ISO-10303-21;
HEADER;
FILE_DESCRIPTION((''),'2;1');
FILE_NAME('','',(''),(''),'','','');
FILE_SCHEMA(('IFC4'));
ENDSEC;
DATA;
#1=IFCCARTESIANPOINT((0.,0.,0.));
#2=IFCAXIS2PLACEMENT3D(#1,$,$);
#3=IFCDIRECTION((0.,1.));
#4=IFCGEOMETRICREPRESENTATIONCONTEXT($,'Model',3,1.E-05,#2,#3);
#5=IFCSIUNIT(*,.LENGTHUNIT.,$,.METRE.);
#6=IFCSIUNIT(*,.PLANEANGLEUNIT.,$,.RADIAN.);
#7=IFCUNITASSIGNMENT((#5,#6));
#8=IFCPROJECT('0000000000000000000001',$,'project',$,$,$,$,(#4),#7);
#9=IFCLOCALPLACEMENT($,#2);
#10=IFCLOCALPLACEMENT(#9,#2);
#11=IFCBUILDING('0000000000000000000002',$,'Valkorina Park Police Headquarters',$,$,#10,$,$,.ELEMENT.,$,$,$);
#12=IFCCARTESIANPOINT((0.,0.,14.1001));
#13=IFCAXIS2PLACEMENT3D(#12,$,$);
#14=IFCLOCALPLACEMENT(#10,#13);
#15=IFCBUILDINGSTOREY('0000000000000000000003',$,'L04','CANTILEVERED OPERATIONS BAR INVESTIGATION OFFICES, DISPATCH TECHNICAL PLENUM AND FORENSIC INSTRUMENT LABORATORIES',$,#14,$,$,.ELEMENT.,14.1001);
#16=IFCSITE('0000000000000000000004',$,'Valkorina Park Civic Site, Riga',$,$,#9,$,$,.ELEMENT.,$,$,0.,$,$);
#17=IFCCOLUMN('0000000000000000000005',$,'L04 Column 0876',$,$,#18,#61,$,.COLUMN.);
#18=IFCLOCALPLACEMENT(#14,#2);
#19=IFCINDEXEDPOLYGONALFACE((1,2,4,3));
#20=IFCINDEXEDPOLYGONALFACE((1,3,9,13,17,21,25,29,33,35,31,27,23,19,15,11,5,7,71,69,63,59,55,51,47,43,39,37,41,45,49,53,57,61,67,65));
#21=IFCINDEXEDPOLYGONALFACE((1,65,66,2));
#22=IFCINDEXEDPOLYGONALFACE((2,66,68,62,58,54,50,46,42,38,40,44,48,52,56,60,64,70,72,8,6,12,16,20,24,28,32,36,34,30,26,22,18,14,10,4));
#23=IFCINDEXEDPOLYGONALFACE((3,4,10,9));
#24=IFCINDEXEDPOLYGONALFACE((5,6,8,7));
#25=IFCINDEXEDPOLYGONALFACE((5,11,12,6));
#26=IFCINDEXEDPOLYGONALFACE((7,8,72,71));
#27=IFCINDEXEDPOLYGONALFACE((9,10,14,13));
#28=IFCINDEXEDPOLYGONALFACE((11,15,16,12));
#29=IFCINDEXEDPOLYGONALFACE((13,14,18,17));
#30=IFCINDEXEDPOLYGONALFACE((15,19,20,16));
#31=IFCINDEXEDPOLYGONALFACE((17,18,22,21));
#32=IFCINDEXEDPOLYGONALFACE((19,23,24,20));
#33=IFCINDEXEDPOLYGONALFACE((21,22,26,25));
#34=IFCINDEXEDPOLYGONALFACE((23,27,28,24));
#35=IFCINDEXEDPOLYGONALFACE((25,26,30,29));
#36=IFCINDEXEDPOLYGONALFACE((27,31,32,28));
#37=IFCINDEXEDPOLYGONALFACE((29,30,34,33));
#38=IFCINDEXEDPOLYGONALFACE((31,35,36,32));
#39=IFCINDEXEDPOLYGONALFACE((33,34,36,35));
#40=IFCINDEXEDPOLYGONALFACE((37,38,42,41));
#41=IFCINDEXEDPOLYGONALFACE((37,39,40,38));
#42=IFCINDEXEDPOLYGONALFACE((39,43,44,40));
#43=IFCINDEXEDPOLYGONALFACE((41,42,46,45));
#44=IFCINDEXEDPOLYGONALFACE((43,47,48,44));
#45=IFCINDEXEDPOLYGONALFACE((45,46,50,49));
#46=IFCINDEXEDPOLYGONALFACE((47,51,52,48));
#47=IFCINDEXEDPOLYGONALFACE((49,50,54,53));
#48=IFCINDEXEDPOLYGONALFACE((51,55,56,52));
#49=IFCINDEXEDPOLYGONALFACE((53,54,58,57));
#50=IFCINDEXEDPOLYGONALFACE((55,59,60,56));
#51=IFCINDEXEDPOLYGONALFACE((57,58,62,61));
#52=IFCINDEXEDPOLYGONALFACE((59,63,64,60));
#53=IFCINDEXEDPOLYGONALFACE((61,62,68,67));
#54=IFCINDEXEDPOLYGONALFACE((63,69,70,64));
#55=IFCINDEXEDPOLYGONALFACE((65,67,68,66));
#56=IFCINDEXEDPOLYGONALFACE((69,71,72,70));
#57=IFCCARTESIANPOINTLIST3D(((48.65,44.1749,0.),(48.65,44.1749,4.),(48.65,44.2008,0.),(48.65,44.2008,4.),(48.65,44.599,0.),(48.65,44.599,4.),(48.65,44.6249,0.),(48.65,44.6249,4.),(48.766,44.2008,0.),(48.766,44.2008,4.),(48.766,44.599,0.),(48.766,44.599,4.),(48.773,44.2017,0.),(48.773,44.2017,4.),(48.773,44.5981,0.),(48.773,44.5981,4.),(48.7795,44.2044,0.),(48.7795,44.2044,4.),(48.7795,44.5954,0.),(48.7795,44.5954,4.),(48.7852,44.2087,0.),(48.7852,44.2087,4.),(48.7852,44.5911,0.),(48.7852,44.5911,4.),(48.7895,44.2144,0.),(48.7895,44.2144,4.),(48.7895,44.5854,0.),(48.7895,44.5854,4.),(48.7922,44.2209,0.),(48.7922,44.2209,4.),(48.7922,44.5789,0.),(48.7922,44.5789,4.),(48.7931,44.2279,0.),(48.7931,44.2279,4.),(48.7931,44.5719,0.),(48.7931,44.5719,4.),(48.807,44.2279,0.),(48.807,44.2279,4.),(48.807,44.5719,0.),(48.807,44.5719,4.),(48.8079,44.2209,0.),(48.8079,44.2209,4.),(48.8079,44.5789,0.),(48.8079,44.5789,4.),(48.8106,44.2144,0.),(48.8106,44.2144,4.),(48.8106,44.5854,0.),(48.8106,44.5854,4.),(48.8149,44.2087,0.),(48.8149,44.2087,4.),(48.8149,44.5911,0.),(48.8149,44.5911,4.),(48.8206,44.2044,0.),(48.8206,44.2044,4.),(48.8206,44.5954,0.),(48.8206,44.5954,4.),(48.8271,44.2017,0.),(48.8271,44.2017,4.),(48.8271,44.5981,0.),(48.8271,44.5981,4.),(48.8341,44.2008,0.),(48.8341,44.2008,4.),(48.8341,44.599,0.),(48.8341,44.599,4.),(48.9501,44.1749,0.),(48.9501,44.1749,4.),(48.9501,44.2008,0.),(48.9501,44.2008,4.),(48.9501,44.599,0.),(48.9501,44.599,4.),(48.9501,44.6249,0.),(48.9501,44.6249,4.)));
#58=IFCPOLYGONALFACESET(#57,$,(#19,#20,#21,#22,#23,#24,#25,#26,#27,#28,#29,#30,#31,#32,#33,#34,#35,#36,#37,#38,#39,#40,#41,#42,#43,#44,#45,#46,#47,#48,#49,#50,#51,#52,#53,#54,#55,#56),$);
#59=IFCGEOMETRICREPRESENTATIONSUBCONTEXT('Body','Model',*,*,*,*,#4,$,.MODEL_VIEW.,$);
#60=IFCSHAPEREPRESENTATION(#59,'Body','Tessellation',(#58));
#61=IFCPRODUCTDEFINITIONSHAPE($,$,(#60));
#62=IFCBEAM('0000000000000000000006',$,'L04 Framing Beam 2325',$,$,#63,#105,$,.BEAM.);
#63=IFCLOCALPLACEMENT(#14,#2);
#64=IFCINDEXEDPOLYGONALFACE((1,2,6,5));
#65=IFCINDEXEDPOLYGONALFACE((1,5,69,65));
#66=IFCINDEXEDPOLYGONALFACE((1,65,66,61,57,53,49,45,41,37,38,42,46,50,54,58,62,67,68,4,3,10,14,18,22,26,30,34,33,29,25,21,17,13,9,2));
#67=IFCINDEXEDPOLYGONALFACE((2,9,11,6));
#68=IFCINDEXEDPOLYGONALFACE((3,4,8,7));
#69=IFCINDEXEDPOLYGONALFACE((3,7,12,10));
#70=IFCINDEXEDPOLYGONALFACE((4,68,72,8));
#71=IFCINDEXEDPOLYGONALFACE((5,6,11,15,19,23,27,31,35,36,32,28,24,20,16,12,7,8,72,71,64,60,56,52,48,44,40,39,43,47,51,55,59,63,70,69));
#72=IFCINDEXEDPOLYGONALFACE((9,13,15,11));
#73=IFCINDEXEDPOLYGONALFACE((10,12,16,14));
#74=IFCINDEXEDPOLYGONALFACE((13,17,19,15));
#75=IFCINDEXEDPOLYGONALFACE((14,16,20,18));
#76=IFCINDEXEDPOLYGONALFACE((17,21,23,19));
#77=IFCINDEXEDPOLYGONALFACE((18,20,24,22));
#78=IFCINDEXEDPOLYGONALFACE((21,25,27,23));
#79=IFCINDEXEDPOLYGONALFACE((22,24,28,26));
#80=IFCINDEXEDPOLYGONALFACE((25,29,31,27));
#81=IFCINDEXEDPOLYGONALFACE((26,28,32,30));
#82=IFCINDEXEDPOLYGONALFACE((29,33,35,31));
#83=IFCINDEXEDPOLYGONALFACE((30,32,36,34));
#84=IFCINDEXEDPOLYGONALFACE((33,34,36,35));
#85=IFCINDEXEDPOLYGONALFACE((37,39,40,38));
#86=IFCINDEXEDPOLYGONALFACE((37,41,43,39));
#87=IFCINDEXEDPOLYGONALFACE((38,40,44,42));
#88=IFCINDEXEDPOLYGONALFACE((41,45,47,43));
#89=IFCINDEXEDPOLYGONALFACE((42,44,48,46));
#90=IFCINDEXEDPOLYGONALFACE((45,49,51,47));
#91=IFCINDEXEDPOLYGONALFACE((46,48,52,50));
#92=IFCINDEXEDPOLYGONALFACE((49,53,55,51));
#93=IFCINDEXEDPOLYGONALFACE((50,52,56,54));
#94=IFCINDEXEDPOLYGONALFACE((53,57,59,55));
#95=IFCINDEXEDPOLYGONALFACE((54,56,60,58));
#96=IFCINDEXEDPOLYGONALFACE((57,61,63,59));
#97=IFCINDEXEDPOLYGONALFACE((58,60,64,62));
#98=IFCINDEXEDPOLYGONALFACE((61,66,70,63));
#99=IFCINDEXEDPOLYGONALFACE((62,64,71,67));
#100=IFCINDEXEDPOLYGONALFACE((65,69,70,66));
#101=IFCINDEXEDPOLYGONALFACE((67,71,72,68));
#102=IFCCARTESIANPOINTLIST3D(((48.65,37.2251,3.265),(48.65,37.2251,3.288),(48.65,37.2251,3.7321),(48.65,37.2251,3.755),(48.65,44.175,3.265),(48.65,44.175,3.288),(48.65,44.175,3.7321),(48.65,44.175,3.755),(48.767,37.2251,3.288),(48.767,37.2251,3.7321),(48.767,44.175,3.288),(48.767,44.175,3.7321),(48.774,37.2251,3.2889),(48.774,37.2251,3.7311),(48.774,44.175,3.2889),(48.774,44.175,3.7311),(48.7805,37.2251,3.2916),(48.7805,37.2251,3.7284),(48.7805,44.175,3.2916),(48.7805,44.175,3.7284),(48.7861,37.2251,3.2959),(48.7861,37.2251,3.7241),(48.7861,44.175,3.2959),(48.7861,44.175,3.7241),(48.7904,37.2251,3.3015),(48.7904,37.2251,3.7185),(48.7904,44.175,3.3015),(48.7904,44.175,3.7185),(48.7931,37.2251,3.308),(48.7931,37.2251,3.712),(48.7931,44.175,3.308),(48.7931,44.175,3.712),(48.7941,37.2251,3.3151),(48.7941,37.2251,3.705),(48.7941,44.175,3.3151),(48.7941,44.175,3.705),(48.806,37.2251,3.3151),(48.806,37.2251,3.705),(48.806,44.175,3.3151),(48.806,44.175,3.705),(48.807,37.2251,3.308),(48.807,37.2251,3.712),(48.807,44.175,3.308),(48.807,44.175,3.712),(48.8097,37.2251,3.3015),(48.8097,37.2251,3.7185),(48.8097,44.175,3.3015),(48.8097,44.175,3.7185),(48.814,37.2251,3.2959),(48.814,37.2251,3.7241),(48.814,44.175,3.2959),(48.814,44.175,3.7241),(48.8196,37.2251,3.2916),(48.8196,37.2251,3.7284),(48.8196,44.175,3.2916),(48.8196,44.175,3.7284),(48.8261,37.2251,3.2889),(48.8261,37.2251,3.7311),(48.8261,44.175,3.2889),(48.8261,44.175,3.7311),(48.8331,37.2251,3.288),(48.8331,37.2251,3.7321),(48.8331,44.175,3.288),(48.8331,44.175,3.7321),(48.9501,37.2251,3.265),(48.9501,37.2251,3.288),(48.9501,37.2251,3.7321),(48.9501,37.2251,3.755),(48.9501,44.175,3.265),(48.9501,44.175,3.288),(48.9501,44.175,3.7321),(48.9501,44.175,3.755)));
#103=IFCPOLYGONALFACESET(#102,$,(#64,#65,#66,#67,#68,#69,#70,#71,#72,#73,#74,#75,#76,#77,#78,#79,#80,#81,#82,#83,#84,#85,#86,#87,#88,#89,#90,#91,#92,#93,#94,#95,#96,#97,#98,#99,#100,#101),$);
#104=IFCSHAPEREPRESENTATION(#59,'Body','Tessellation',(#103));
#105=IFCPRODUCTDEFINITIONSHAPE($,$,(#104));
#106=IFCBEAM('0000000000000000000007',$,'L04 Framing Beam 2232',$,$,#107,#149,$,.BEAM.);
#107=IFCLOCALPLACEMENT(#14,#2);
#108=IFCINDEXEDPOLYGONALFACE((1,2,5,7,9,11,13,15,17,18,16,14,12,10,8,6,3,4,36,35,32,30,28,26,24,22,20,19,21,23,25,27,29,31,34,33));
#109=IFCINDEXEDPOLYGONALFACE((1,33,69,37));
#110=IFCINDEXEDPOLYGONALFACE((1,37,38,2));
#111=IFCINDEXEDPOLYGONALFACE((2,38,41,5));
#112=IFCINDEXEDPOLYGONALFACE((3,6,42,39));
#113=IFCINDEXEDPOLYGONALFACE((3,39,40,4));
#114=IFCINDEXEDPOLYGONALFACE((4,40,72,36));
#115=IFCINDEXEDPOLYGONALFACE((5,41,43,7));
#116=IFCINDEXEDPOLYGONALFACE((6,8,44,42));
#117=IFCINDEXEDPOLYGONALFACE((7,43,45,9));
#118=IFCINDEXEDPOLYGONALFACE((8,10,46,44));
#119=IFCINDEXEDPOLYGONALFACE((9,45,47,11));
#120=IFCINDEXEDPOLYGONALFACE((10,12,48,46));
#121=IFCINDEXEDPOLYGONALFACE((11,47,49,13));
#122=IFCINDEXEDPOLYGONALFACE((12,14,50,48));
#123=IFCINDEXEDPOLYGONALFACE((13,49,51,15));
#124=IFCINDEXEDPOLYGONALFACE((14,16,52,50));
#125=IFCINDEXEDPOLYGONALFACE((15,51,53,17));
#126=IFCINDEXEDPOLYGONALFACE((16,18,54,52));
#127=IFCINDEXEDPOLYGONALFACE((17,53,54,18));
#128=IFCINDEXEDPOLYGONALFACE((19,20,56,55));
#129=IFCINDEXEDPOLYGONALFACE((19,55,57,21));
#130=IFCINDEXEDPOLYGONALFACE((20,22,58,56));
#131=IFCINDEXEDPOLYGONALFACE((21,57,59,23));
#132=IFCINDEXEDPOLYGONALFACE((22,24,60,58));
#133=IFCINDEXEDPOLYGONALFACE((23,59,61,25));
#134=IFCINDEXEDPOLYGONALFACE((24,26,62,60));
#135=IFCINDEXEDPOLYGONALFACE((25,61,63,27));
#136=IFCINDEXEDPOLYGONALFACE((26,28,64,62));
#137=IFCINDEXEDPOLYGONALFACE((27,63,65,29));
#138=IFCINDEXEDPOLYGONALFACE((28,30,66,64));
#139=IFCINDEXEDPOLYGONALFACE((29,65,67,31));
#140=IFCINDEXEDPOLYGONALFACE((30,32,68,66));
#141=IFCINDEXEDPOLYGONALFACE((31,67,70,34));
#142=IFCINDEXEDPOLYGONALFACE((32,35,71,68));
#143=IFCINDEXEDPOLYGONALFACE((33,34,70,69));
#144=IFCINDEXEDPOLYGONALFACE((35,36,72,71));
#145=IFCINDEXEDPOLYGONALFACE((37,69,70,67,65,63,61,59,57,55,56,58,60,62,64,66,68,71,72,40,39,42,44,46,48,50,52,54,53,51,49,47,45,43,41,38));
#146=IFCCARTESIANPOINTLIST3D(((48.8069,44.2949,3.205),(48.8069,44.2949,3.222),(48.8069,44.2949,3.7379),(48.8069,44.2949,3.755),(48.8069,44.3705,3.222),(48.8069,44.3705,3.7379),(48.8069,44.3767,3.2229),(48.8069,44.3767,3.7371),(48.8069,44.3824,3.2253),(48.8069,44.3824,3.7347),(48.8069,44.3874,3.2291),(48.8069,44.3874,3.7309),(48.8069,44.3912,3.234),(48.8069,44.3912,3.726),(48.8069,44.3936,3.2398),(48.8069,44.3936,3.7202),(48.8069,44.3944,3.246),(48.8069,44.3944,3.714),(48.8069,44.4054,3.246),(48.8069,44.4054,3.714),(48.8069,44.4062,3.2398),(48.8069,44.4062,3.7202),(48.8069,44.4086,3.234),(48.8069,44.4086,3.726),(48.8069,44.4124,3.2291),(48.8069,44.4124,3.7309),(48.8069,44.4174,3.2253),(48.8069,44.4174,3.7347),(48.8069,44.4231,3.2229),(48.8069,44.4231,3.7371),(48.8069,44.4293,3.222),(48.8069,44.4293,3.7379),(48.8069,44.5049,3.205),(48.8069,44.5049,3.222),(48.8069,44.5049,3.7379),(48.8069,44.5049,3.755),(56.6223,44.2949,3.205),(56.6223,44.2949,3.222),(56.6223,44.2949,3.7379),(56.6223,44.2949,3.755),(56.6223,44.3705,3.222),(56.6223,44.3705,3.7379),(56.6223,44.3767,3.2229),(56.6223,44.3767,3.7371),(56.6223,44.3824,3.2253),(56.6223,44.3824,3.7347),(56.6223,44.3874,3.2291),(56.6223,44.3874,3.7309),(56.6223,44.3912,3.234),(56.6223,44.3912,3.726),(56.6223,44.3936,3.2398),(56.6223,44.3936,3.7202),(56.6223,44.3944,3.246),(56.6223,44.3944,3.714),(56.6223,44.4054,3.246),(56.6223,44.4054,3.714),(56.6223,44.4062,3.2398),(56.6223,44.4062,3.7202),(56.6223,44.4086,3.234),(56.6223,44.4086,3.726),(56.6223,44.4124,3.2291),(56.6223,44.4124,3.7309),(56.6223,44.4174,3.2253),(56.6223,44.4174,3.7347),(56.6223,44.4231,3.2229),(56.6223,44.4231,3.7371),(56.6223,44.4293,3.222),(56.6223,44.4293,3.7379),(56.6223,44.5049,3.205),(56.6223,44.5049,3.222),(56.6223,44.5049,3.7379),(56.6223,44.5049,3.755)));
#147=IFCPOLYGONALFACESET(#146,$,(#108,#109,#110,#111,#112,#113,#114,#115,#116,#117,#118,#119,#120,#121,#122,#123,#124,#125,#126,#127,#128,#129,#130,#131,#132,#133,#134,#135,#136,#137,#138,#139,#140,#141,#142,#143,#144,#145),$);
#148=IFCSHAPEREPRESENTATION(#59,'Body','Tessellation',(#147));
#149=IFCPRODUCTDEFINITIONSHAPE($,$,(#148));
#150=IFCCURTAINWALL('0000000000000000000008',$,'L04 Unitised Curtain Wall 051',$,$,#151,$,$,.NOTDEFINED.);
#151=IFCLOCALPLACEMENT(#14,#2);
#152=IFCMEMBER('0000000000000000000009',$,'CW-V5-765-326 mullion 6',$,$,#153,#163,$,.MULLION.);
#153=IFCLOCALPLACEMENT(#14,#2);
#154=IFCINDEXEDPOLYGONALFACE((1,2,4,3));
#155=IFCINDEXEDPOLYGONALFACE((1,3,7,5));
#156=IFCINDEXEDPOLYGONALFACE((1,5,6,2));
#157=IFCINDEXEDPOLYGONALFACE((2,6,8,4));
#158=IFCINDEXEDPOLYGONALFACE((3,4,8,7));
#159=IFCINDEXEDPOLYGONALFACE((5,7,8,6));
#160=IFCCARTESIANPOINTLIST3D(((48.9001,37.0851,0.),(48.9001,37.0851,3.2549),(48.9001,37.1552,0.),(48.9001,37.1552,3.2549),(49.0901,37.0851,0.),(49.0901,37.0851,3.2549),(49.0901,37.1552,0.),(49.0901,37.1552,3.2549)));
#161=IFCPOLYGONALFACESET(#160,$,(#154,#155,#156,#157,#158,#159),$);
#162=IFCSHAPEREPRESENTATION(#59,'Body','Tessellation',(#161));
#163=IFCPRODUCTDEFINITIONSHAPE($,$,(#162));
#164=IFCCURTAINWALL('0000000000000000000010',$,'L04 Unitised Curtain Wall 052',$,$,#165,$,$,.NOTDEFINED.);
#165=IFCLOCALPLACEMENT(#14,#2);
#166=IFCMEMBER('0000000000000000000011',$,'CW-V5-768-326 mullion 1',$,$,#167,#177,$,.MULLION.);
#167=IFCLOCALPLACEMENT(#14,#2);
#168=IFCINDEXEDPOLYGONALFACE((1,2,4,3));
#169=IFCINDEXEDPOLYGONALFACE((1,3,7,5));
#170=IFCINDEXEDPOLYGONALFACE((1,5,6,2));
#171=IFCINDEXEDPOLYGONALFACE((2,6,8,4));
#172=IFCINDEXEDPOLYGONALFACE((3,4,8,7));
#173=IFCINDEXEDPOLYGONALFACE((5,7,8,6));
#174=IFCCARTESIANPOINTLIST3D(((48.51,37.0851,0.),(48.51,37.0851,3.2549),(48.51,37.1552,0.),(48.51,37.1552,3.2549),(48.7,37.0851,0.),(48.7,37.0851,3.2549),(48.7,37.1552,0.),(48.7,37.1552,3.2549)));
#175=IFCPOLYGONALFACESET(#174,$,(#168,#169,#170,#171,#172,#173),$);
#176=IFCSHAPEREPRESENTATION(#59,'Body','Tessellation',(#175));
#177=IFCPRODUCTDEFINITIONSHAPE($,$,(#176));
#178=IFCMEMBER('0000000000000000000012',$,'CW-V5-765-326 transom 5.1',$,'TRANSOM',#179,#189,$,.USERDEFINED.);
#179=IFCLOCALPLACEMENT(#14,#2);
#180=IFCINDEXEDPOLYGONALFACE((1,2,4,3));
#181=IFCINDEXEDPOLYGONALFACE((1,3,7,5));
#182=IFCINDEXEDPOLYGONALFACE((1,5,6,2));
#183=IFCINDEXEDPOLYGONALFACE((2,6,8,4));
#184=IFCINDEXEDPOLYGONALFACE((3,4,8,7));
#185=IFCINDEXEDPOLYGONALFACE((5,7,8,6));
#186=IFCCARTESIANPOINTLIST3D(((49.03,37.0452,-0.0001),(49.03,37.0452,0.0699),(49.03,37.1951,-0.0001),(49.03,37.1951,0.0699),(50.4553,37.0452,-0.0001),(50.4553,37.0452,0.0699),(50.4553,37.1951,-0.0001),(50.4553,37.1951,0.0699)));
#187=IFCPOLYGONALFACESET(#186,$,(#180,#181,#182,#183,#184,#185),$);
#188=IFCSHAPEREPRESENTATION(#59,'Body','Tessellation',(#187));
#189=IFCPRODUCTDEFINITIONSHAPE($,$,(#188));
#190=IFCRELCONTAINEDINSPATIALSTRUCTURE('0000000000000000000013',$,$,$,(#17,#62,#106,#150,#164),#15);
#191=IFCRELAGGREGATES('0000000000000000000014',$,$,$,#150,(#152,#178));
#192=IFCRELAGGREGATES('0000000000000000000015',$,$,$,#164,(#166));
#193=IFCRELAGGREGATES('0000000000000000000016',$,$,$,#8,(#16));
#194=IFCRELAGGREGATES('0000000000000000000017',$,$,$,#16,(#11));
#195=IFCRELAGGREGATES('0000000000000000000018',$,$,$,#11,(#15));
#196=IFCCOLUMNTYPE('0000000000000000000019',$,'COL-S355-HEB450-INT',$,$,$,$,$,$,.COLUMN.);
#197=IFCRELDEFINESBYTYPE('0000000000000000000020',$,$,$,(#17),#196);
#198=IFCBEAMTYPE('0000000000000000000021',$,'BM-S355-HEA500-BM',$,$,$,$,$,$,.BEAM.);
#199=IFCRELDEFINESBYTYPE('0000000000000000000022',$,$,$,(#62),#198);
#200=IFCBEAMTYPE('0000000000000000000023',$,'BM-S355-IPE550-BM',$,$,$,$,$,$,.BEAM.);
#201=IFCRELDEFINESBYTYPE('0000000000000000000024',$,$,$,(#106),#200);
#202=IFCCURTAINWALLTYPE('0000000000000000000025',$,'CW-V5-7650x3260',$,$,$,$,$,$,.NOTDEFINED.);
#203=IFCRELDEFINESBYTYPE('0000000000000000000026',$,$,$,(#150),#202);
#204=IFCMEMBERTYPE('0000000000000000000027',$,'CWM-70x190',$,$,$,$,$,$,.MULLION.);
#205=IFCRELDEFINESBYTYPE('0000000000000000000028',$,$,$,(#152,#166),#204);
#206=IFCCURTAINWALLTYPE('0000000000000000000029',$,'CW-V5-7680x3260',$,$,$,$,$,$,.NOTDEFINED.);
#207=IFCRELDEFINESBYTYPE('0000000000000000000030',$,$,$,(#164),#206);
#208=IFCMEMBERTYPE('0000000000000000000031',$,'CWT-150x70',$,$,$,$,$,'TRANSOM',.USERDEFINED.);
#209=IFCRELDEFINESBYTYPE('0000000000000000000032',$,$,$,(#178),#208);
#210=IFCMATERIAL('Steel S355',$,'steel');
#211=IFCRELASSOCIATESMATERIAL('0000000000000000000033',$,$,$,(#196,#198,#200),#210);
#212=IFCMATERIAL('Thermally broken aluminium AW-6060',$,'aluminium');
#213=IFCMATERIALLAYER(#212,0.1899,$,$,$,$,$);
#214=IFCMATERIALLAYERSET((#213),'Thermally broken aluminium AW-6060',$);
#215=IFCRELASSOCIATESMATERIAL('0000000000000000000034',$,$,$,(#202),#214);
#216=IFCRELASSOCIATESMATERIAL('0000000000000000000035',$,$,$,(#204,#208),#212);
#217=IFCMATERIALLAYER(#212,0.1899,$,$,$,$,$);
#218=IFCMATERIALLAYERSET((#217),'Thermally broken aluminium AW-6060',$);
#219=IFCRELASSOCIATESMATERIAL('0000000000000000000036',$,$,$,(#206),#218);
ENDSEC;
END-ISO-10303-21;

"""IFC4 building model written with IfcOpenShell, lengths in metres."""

from ifc_helpers import new_model, si_unit, direction, frame, origin, origin_2d, place, context, subcontext, project, spatial, rectangle, i_section, extrude, material, layer, layer_set, material_profile, profile_set, type_object, element, aggregate, save


model = new_model("IFC4")

# Units and contexts
model_context = context("Model", 3, precision=1e-05, world=origin(), true_north=direction((0.0, 1.0)))
body_context = subcontext(model_context, "Body", "Model", "MODEL_VIEW")
ifc_project = project(units=[si_unit("LENGTHUNIT", "METRE"), si_unit("PLANEANGLEUNIT", "RADIAN")], contexts=[model_context])

# Site, building, storey
site_placement = place(None, origin())
site = spatial("IfcSite", under=ifc_project, at=site_placement, Name="Valkorina Park Civic Site, Riga", CompositionType="ELEMENT", RefElevation=0.0)
building_placement = place(site_placement, origin())
building = spatial("IfcBuilding", under=site, at=building_placement, Name="Valkorina Park Police Headquarters", CompositionType="ELEMENT")
storey_placement = place(building_placement, frame((0.0, 0.0, 14.1001)))
storey = spatial("IfcBuildingStorey", under=building, at=storey_placement, Name="L04", Description="CANTILEVERED OPERATIONS BAR INVESTIGATION OFFICES, DISPATCH TECHNICAL PLENUM AND FORENSIC INSTRUMENT LABORATORIES", CompositionType="ELEMENT", Elevation=14.1001)

# Column
ifc_material_1 = material(Name="Steel S355", Category="steel")
ifc_material_profile_1 = material_profile(ifc_material_1, i_section(OverallWidth=0.3, OverallDepth=0.45, WebThickness=0.0139, FlangeThickness=0.0259, FilletRadius=0.0271, at=origin_2d()), Name="HEB 450")
ifc_profile_set_1 = profile_set([ifc_material_profile_1], Name="Steel S355")
column_type = type_object("IfcColumnType", Name="COL-S355-HEB450-INT", PredefinedType="COLUMN", material=ifc_profile_set_1)
column_placement = place(storey_placement, frame((48.8, 44.3999, 0.0), z_axis=(0.0, 0.0, 1.0), x_axis=(1.0, 0.0, 0.0)))
element("IfcColumn", 1, at=column_placement, inside=storey, type_object=column_type, Name="L04 Column 0876", PredefinedType="COLUMN", context=body_context, shape_type="SweptSolid", body=[
    extrude(i_section(OverallWidth=0.3, OverallDepth=0.45, WebThickness=0.0139, FlangeThickness=0.0259, FilletRadius=0.0271, at=origin_2d()), origin(), (0.0, 0.0, 1.0), 4.0),
])

# Beams
ifc_material_profile_2 = material_profile(ifc_material_1, i_section(OverallWidth=0.3, OverallDepth=0.49, WebThickness=0.012, FlangeThickness=0.0229, FilletRadius=0.0271, at=origin_2d()), Name="HEA 500")
ifc_profile_set_2 = profile_set([ifc_material_profile_2], Name="Steel S355")
beam_type_1 = type_object("IfcBeamType", Name="BM-S355-HEA500-BM", PredefinedType="BEAM", material=ifc_profile_set_2)
beam_1_placement = place(storey_placement, frame((48.8, 37.2251, 3.51), z_axis=(0.0, 1.0, 0.0), x_axis=(-1.0, 0.0, 0.0)))
element("IfcBeam", 2, at=beam_1_placement, inside=storey, type_object=beam_type_1, Name="L04 Framing Beam 2325", PredefinedType="BEAM", context=body_context, shape_type="SweptSolid", body=[
    extrude(i_section(OverallWidth=0.3, OverallDepth=0.49, WebThickness=0.012, FlangeThickness=0.0229, FilletRadius=0.0271, at=origin_2d()), origin(), (0.0, 0.0, 1.0), 6.95),
])
ifc_material_profile_3 = material_profile(ifc_material_1, i_section(OverallWidth=0.21, OverallDepth=0.55, WebThickness=0.011, FlangeThickness=0.0171, FilletRadius=0.0239, at=origin_2d()), Name="IPE 550")
ifc_profile_set_3 = profile_set([ifc_material_profile_3], Name="Steel S355")
beam_type_2 = type_object("IfcBeamType", Name="BM-S355-IPE550-BM", PredefinedType="BEAM", material=ifc_profile_set_3)
beam_2_placement = place(storey_placement, frame((48.8069, 44.3999, 3.48), z_axis=(1.0, 0.0, 0.0), x_axis=(0.0, 1.0, 0.0)))
element("IfcBeam", 3, at=beam_2_placement, inside=storey, type_object=beam_type_2, Name="L04 Framing Beam 2232", PredefinedType="BEAM", context=body_context, shape_type="SweptSolid", body=[
    extrude(i_section(OverallWidth=0.21, OverallDepth=0.55, WebThickness=0.011, FlangeThickness=0.0171, FilletRadius=0.0239, at=origin_2d()), origin(), (0.0, 0.0, 1.0), 7.8154),
])

# Curtain walls, members
ifc_material_2 = material(Name="Thermally broken aluminium AW-6060", Category="aluminium")
ifc_layer_1 = layer(ifc_material_2, 0.1899)
ifc_layer_set_1 = layer_set([ifc_layer_1], Name="Thermally broken aluminium AW-6060")
curtain_wall_type_1 = type_object("IfcCurtainWallType", Name="CW-V5-7650x3260", PredefinedType="NOTDEFINED", material=ifc_layer_set_1)
curtain_wall_1_placement = place(storey_placement, origin())
curtain_wall_1 = element("IfcCurtainWall", 4, at=curtain_wall_1_placement, inside=storey, type_object=curtain_wall_type_1, Name="L04 Unitised Curtain Wall 051", PredefinedType="NOTDEFINED")
ifc_material_profile_4 = material_profile(ifc_material_2, rectangle(XDim=0.0701, YDim=0.1899, at=origin_2d()), Name="CWM-02 70x190")
ifc_profile_set_4 = profile_set([ifc_material_profile_4], Name="Thermally broken aluminium AW-6060")
member_type_1 = type_object("IfcMemberType", Name="CWM-70x190", PredefinedType="MULLION", material=ifc_profile_set_4)
member_1_placement = place(storey_placement, frame((48.9951, 37.1201, 0.0), z_axis=(0.0, 0.0, 1.0), x_axis=(0.0, -1.0, 0.0)))
member_1 = element("IfcMember", 5, at=member_1_placement, type_object=member_type_1, Name="CW-V5-765-326 mullion 6", PredefinedType="MULLION", context=body_context, shape_type="SweptSolid", body=[
    extrude(rectangle(XDim=0.0701, YDim=0.1899, at=origin_2d()), origin(), (0.0, 0.0, 1.0), 3.2549),
])
ifc_layer_2 = layer(ifc_material_2, 0.1899)
ifc_layer_set_2 = layer_set([ifc_layer_2], Name="Thermally broken aluminium AW-6060")
curtain_wall_type_2 = type_object("IfcCurtainWallType", Name="CW-V5-7680x3260", PredefinedType="NOTDEFINED", material=ifc_layer_set_2)
curtain_wall_2_placement = place(storey_placement, origin())
curtain_wall_2 = element("IfcCurtainWall", 6, at=curtain_wall_2_placement, inside=storey, type_object=curtain_wall_type_2, Name="L04 Unitised Curtain Wall 052", PredefinedType="NOTDEFINED")
member_2_placement = place(storey_placement, frame((48.605, 37.1201, 0.0), z_axis=(0.0, 0.0, 1.0), x_axis=(0.0, -1.0, 0.0)))
member_2 = element("IfcMember", 7, at=member_2_placement, type_object=member_type_1, Name="CW-V5-768-326 mullion 1", PredefinedType="MULLION", context=body_context, shape_type="SweptSolid", body=[
    extrude(rectangle(XDim=0.0701, YDim=0.1899, at=origin_2d()), origin(), (0.0, 0.0, 1.0), 3.2549),
])

# Member
ifc_material_profile_5 = material_profile(ifc_material_2, rectangle(XDim=0.1499, YDim=0.0701, at=origin_2d()), Name="CWT-02 150x70")
ifc_profile_set_5 = profile_set([ifc_material_profile_5], Name="Thermally broken aluminium AW-6060")
member_type_2 = type_object("IfcMemberType", Name="CWT-150x70", ElementType="TRANSOM", PredefinedType="USERDEFINED", material=ifc_profile_set_5)
member_3_placement = place(storey_placement, frame((50.4553, 37.1201, 0.0349), z_axis=(-1.0, 0.0, 0.0), x_axis=(0.0, -1.0, 0.0)))
member_3 = element("IfcMember", 8, at=member_3_placement, type_object=member_type_2, Name="CW-V5-765-326 transom 5.1", ObjectType="TRANSOM", PredefinedType="USERDEFINED", context=body_context, shape_type="SweptSolid", body=[
    extrude(rectangle(XDim=0.1499, YDim=0.0701, at=origin_2d()), origin(), (0.0, 0.0, 1.0), 1.4253),
])

aggregate(curtain_wall_1, [member_1, member_3])
aggregate(curtain_wall_2, [member_2])

save(model, "model.ifc")
